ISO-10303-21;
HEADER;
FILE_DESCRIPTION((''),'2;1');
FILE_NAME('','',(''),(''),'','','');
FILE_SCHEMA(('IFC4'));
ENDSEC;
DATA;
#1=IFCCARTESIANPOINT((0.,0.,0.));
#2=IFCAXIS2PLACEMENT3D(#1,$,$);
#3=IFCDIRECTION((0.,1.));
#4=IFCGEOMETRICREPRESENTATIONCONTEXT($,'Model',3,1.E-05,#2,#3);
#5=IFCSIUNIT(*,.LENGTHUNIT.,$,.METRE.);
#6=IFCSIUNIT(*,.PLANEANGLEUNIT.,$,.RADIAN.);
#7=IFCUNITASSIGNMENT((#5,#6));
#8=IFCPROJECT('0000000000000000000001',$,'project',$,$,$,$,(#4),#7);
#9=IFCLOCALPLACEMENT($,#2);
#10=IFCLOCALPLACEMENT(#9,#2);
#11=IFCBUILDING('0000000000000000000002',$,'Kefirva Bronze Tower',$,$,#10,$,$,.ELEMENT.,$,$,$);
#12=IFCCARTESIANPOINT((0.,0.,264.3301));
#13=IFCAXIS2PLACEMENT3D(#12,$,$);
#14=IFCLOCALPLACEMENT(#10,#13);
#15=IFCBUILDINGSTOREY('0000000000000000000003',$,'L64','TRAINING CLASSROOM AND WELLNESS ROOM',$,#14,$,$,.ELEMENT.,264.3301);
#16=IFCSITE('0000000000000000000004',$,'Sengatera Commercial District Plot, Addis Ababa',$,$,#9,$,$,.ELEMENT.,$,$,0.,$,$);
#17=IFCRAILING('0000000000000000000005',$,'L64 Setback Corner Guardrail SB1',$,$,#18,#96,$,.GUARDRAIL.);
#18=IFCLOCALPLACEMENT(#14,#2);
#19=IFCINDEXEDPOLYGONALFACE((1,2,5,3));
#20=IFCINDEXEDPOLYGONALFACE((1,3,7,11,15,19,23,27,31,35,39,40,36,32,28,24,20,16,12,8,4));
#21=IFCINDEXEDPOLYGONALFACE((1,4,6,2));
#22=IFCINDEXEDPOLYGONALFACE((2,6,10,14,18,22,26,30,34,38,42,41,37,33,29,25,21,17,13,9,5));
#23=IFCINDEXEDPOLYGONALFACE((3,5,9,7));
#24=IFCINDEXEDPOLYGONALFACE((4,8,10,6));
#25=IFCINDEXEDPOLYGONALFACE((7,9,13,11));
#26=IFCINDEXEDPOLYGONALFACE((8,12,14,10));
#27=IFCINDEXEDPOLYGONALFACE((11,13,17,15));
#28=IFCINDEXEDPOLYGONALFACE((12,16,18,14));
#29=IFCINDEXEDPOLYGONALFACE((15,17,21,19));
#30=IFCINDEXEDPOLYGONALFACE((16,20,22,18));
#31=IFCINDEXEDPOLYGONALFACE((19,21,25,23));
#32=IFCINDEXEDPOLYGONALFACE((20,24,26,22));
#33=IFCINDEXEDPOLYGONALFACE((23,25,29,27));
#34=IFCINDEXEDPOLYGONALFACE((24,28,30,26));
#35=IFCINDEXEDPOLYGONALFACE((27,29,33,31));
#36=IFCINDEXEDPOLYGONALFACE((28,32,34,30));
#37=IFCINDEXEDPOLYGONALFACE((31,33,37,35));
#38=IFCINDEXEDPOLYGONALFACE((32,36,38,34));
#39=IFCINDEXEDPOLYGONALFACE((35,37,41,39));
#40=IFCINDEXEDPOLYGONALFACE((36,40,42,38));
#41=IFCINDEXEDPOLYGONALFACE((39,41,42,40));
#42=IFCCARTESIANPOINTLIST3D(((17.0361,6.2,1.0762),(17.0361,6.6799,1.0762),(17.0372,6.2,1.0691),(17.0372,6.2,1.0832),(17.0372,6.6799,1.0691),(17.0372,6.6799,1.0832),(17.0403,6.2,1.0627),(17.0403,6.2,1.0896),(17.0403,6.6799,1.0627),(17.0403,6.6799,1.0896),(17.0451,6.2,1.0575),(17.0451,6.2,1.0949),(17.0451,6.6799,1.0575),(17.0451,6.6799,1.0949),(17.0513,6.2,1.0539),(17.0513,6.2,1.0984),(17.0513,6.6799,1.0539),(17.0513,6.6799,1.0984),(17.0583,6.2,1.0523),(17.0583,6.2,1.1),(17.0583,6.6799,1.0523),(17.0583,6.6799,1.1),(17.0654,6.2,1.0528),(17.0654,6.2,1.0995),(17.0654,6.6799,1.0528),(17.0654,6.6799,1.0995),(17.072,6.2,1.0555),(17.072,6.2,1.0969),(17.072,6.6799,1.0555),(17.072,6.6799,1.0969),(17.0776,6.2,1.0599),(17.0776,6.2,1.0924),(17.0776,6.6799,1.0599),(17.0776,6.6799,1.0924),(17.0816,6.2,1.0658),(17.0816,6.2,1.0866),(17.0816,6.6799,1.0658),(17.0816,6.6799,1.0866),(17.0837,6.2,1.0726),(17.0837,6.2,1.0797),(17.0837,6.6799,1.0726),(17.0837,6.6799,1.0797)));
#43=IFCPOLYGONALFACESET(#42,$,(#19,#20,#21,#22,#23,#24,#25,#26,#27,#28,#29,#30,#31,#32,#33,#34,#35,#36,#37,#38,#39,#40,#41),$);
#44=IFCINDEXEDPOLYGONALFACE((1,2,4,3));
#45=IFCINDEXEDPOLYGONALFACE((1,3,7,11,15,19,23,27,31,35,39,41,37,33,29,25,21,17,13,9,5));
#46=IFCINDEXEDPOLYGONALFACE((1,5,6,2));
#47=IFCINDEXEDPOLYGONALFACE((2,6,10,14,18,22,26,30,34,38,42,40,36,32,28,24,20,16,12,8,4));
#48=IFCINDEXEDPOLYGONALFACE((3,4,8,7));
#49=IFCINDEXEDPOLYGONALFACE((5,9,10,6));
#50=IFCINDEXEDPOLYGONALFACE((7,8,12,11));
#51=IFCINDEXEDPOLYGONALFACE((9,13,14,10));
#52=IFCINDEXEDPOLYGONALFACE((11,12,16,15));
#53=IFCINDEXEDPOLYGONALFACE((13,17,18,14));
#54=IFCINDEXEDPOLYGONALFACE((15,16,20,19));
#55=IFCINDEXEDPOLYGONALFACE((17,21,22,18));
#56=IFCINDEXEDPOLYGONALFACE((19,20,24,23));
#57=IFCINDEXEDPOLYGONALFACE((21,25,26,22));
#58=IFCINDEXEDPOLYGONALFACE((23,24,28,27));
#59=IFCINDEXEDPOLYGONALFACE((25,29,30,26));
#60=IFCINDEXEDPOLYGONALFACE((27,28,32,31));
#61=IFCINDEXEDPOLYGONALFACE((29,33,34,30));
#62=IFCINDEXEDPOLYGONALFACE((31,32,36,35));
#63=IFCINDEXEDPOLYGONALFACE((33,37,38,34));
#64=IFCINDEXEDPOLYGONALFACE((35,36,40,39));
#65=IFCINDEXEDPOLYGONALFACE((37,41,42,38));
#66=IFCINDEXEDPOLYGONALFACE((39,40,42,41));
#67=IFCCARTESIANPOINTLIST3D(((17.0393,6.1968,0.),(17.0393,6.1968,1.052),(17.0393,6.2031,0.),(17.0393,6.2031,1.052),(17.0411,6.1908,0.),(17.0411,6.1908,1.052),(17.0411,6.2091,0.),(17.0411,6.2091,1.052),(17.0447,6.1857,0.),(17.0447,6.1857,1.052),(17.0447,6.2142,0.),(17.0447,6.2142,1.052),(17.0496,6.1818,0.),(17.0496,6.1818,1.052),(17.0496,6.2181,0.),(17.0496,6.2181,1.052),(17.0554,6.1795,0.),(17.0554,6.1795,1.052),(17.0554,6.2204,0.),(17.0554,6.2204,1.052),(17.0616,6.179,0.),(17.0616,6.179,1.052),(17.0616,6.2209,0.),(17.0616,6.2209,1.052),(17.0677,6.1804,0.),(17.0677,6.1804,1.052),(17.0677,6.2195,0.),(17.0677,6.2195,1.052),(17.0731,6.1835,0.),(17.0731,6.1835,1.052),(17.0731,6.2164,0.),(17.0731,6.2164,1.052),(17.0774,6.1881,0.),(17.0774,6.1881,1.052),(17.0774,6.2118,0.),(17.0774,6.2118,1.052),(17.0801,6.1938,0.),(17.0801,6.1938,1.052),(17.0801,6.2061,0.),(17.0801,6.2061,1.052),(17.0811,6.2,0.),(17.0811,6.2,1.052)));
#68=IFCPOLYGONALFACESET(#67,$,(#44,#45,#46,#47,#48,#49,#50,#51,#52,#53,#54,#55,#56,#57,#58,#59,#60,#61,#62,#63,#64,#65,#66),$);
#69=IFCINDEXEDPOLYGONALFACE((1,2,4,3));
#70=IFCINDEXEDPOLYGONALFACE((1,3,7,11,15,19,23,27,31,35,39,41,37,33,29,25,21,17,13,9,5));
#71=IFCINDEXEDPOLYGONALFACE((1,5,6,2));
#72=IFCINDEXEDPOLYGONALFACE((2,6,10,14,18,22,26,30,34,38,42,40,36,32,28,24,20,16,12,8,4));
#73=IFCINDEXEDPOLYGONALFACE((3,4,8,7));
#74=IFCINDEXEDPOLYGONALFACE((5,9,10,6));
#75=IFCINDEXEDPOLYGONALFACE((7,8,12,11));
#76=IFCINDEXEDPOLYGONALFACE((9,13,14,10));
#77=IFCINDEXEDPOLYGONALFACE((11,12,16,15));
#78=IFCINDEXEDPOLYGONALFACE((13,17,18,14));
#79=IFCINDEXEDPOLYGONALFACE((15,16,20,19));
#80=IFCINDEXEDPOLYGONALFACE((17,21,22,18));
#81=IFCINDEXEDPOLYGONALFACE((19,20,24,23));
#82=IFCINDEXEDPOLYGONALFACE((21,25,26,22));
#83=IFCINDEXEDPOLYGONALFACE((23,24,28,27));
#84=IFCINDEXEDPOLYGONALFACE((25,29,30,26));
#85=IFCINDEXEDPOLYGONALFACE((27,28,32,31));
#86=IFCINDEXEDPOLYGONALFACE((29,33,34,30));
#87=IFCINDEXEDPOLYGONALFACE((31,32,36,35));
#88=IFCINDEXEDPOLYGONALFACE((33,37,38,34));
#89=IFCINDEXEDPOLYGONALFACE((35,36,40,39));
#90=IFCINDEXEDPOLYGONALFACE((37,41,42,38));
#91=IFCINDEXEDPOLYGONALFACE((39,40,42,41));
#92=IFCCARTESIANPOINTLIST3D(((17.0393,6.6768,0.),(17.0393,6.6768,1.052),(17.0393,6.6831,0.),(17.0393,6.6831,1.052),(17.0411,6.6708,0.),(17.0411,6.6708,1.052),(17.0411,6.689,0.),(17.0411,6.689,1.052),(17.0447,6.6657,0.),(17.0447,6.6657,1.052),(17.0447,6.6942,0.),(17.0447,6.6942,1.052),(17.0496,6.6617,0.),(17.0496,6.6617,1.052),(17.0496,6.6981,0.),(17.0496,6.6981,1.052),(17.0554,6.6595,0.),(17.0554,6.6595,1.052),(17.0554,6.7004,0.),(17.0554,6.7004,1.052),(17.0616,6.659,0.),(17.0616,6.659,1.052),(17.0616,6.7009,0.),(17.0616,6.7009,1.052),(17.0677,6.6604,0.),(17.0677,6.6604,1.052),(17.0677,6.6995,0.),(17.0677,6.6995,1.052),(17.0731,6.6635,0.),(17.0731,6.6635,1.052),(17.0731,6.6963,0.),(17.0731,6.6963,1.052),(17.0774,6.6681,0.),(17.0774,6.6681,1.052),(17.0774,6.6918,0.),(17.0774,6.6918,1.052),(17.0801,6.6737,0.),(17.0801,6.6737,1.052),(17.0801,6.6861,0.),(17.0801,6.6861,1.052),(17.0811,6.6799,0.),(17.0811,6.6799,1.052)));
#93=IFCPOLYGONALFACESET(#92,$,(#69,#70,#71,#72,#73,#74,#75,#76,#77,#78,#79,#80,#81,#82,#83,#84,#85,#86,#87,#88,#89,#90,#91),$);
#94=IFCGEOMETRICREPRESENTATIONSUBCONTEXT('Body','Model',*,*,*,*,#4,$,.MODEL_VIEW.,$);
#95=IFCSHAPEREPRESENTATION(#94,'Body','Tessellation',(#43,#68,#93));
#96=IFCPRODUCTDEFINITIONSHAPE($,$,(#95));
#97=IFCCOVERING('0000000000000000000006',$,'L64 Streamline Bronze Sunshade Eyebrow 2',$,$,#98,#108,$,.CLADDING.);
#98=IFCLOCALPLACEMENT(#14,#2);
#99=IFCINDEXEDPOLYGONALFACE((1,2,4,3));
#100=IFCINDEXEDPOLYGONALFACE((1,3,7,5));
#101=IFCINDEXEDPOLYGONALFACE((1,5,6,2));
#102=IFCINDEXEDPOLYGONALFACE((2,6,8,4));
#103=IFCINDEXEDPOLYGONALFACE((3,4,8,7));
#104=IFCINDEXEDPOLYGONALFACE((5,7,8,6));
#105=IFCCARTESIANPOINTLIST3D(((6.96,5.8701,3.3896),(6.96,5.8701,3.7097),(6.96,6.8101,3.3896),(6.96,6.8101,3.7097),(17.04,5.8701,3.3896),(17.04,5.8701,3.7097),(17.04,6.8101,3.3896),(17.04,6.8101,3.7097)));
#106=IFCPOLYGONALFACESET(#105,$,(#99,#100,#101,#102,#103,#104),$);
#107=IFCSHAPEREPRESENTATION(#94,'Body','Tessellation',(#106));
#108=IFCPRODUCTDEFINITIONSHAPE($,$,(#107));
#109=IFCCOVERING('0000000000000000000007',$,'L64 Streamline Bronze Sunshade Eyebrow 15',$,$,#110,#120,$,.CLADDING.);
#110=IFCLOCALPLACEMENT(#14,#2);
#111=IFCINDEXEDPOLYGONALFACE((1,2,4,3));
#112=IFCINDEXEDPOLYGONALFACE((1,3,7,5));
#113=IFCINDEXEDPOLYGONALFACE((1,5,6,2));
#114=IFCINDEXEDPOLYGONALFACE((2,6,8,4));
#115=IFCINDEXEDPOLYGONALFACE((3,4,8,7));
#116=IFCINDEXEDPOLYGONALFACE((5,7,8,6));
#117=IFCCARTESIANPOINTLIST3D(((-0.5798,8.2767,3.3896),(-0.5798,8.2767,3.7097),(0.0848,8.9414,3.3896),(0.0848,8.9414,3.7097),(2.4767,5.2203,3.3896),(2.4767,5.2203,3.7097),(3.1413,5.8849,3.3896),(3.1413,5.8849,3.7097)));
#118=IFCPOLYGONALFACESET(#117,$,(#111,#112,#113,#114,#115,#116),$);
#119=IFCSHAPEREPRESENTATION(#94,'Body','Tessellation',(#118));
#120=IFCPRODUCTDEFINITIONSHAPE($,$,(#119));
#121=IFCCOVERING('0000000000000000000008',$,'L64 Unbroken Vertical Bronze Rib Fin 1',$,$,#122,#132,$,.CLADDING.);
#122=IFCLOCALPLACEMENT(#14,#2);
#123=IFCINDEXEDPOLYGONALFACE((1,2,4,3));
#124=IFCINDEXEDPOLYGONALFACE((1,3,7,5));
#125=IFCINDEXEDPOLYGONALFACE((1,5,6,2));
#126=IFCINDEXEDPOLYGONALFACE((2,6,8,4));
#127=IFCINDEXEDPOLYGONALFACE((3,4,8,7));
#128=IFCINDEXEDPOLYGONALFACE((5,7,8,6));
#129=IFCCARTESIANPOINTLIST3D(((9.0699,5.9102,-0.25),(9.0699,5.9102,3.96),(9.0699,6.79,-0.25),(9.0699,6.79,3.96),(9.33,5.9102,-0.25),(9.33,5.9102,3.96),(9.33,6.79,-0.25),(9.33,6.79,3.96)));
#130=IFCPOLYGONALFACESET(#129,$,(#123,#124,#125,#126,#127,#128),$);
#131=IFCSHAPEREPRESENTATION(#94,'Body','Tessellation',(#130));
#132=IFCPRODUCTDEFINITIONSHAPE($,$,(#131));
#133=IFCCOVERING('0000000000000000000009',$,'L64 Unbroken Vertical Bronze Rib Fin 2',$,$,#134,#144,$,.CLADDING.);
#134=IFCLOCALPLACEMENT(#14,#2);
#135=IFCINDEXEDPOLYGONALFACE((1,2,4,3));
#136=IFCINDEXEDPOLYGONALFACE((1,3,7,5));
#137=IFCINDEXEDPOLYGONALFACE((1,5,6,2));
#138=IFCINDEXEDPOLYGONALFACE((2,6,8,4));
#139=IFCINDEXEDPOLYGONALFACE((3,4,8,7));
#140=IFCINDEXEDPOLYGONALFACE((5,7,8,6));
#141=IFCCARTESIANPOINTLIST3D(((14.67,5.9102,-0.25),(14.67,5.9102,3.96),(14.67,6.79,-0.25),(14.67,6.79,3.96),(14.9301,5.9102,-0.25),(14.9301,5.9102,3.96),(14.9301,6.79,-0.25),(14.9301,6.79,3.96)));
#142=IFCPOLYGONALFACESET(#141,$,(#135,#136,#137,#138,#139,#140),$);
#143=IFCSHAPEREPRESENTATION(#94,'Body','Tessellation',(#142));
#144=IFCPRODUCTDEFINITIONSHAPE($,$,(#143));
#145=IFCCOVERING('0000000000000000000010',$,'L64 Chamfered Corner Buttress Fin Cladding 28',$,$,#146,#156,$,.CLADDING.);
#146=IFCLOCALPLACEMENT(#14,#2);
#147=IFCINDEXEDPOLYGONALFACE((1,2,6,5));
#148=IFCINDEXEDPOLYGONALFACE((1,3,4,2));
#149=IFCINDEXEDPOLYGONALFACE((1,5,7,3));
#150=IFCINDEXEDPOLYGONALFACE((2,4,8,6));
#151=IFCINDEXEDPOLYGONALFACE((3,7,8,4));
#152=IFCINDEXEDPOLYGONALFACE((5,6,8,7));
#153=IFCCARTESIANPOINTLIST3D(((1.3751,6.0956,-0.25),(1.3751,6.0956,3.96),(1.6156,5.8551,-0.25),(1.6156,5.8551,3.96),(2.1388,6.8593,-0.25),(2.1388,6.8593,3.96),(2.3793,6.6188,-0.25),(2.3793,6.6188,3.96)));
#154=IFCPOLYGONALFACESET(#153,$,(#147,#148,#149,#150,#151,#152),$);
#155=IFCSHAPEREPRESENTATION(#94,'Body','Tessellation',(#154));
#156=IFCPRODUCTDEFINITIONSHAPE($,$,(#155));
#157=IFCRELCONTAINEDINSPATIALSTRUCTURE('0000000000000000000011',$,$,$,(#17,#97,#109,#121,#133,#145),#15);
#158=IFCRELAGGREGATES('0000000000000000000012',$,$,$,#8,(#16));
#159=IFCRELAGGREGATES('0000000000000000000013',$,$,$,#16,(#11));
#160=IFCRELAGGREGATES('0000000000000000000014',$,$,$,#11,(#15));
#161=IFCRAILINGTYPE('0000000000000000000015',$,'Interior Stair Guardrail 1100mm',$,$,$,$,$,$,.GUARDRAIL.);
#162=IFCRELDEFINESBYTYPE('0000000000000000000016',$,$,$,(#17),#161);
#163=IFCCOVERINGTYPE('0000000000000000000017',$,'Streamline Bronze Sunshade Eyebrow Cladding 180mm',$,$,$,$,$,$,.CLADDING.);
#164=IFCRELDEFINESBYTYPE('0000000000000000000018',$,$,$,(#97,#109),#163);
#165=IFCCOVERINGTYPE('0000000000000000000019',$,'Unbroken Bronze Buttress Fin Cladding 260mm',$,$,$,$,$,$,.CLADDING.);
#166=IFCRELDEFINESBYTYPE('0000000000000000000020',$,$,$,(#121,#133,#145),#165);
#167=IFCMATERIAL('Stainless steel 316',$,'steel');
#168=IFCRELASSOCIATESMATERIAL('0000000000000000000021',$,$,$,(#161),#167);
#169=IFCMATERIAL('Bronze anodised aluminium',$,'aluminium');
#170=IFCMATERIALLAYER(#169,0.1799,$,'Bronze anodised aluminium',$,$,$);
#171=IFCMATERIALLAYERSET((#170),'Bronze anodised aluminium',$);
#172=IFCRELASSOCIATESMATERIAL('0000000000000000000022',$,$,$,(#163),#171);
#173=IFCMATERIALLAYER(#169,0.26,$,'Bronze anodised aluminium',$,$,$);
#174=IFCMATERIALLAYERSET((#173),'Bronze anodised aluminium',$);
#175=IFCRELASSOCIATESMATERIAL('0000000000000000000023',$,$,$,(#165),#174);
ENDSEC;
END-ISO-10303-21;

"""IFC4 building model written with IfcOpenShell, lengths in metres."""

from ifc_helpers import new_model, si_unit, direction, frame, origin, origin_2d, place, context, subcontext, project, spatial, rectangle, circle, extrude, material, layer, layer_set, type_object, element, save


model = new_model("IFC4")

# Units and contexts
model_context = context("Model", 3, precision=1e-05, world=origin(), true_north=direction((0.0, 1.0)))
body_context = subcontext(model_context, "Body", "Model", "MODEL_VIEW")
ifc_project = project(units=[si_unit("LENGTHUNIT", "METRE"), si_unit("PLANEANGLEUNIT", "RADIAN")], contexts=[model_context])

# Site, building, storey
site_placement = place(None, origin())
site = spatial("IfcSite", under=ifc_project, at=site_placement, Name="Sengatera Commercial District Plot, Addis Ababa", CompositionType="ELEMENT", RefElevation=0.0)
building_placement = place(site_placement, origin())
building = spatial("IfcBuilding", under=site, at=building_placement, Name="Kefirva Bronze Tower", CompositionType="ELEMENT")
storey_placement = place(building_placement, frame((0.0, 0.0, 264.3301)))
storey = spatial("IfcBuildingStorey", under=building, at=storey_placement, Name="L64", Description="TRAINING CLASSROOM AND WELLNESS ROOM", CompositionType="ELEMENT", Elevation=264.3301)

# Shared definitions
ifc_material_1 = material(Name="Bronze anodised aluminium", Category="aluminium")

# Railing
ifc_material_2 = material(Name="Stainless steel 316", Category="steel")
railing_type = type_object("IfcRailingType", Name="Interior Stair Guardrail 1100mm", PredefinedType="GUARDRAIL", material=ifc_material_2)
railing_placement = place(storey_placement, frame((17.0601, 6.2, 0.0)))
element("IfcRailing", 1, at=railing_placement, inside=storey, type_object=railing_type, Name="L64 Setback Corner Guardrail SB1", PredefinedType="GUARDRAIL", context=body_context, shape_type="SweptSolid", body=[
    extrude(circle(Radius=0.0239, at=origin_2d()), frame((0.0, 0.0, 1.0762), z_axis=(0.0, 1.0, 0.0), x_axis=(-1.0, 0.0, 0.0)), (0.0, 0.0, 1.0), 0.48),
    extrude(circle(Radius=0.021, at=origin_2d()), origin(), (0.0, 0.0, 1.0), 1.052),
    extrude(circle(Radius=0.021, at=origin_2d()), frame((0.0, 0.48, 0.0)), (0.0, 0.0, 1.0), 1.052),
])

# Coverings
ifc_layer_1 = layer(ifc_material_1, 0.1799, Name="Bronze anodised aluminium")
ifc_layer_set_1 = layer_set([ifc_layer_1], Name="Bronze anodised aluminium")
covering_type_1 = type_object("IfcCoveringType", Name="Streamline Bronze Sunshade Eyebrow Cladding 180mm", PredefinedType="CLADDING", material=ifc_layer_set_1)
covering_1_placement = place(storey_placement, frame((12.0, 6.3401, 3.3896), z_axis=(0.0, 0.0, 1.0), x_axis=(1.0, 0.0, 0.0)))
element("IfcCovering", 2, at=covering_1_placement, inside=storey, type_object=covering_type_1, Name="L64 Streamline Bronze Sunshade Eyebrow 2", PredefinedType="CLADDING", context=body_context, shape_type="SweptSolid", body=[
    extrude(rectangle(XDim=10.0801, YDim=0.9399, at=origin_2d()), origin(), (0.0, 0.0, 1.0), 0.3201),
])
covering_2_placement = place(storey_placement, frame((1.2808, 7.0808, 3.3896), z_axis=(0.0, 0.0, 1.0), x_axis=(0.707107, -0.707107, 0.0)))
element("IfcCovering", 3, at=covering_2_placement, inside=storey, type_object=covering_type_1, Name="L64 Streamline Bronze Sunshade Eyebrow 15", PredefinedType="CLADDING", context=body_context, shape_type="SweptSolid", body=[
    extrude(rectangle(XDim=4.3225, YDim=0.9399, at=origin_2d()), origin(), (0.0, 0.0, 1.0), 0.3201),
])
ifc_layer_2 = layer(ifc_material_1, 0.26, Name="Bronze anodised aluminium")
ifc_layer_set_2 = layer_set([ifc_layer_2], Name="Bronze anodised aluminium")
covering_type_2 = type_object("IfcCoveringType", Name="Unbroken Bronze Buttress Fin Cladding 260mm", PredefinedType="CLADDING", material=ifc_layer_set_2)
for number, where, z_axis, x_axis, name in (
    (4, (9.2, 6.3501, -0.25), (0.0, 0.0, 1.0), (1.0, 0.0, 0.0), "L64 Unbroken Vertical Bronze Rib Fin 1"),
    (5, (14.8, 6.3501, -0.25), (0.0, 0.0, 1.0), (1.0, 0.0, 0.0), "L64 Unbroken Vertical Bronze Rib Fin 2"),
):
    element("IfcCovering", number, at=place(storey_placement, frame(where, z_axis=z_axis, x_axis=x_axis)), inside=storey, type_object=covering_type_2, Name=name, PredefinedType="CLADDING", context=body_context, shape_type="SweptSolid", body=[
        extrude(rectangle(XDim=0.26, YDim=0.8799, at=origin_2d()), origin(), (0.0, 0.0, 1.0), 4.21),
    ])
covering_3_placement = place(storey_placement, frame((1.8772, 6.3572, -0.25), z_axis=(0.0, 0.0, 1.0), x_axis=(0.707107, -0.707107, 0.0)))
element("IfcCovering", 6, at=covering_3_placement, inside=storey, type_object=covering_type_2, Name="L64 Chamfered Corner Buttress Fin Cladding 28", PredefinedType="CLADDING", context=body_context, shape_type="SweptSolid", body=[
    extrude(rectangle(XDim=0.3401, YDim=1.0801, at=origin_2d()), origin(), (0.0, 0.0, 1.0), 4.21),
])

save(model, "model.ifc")
